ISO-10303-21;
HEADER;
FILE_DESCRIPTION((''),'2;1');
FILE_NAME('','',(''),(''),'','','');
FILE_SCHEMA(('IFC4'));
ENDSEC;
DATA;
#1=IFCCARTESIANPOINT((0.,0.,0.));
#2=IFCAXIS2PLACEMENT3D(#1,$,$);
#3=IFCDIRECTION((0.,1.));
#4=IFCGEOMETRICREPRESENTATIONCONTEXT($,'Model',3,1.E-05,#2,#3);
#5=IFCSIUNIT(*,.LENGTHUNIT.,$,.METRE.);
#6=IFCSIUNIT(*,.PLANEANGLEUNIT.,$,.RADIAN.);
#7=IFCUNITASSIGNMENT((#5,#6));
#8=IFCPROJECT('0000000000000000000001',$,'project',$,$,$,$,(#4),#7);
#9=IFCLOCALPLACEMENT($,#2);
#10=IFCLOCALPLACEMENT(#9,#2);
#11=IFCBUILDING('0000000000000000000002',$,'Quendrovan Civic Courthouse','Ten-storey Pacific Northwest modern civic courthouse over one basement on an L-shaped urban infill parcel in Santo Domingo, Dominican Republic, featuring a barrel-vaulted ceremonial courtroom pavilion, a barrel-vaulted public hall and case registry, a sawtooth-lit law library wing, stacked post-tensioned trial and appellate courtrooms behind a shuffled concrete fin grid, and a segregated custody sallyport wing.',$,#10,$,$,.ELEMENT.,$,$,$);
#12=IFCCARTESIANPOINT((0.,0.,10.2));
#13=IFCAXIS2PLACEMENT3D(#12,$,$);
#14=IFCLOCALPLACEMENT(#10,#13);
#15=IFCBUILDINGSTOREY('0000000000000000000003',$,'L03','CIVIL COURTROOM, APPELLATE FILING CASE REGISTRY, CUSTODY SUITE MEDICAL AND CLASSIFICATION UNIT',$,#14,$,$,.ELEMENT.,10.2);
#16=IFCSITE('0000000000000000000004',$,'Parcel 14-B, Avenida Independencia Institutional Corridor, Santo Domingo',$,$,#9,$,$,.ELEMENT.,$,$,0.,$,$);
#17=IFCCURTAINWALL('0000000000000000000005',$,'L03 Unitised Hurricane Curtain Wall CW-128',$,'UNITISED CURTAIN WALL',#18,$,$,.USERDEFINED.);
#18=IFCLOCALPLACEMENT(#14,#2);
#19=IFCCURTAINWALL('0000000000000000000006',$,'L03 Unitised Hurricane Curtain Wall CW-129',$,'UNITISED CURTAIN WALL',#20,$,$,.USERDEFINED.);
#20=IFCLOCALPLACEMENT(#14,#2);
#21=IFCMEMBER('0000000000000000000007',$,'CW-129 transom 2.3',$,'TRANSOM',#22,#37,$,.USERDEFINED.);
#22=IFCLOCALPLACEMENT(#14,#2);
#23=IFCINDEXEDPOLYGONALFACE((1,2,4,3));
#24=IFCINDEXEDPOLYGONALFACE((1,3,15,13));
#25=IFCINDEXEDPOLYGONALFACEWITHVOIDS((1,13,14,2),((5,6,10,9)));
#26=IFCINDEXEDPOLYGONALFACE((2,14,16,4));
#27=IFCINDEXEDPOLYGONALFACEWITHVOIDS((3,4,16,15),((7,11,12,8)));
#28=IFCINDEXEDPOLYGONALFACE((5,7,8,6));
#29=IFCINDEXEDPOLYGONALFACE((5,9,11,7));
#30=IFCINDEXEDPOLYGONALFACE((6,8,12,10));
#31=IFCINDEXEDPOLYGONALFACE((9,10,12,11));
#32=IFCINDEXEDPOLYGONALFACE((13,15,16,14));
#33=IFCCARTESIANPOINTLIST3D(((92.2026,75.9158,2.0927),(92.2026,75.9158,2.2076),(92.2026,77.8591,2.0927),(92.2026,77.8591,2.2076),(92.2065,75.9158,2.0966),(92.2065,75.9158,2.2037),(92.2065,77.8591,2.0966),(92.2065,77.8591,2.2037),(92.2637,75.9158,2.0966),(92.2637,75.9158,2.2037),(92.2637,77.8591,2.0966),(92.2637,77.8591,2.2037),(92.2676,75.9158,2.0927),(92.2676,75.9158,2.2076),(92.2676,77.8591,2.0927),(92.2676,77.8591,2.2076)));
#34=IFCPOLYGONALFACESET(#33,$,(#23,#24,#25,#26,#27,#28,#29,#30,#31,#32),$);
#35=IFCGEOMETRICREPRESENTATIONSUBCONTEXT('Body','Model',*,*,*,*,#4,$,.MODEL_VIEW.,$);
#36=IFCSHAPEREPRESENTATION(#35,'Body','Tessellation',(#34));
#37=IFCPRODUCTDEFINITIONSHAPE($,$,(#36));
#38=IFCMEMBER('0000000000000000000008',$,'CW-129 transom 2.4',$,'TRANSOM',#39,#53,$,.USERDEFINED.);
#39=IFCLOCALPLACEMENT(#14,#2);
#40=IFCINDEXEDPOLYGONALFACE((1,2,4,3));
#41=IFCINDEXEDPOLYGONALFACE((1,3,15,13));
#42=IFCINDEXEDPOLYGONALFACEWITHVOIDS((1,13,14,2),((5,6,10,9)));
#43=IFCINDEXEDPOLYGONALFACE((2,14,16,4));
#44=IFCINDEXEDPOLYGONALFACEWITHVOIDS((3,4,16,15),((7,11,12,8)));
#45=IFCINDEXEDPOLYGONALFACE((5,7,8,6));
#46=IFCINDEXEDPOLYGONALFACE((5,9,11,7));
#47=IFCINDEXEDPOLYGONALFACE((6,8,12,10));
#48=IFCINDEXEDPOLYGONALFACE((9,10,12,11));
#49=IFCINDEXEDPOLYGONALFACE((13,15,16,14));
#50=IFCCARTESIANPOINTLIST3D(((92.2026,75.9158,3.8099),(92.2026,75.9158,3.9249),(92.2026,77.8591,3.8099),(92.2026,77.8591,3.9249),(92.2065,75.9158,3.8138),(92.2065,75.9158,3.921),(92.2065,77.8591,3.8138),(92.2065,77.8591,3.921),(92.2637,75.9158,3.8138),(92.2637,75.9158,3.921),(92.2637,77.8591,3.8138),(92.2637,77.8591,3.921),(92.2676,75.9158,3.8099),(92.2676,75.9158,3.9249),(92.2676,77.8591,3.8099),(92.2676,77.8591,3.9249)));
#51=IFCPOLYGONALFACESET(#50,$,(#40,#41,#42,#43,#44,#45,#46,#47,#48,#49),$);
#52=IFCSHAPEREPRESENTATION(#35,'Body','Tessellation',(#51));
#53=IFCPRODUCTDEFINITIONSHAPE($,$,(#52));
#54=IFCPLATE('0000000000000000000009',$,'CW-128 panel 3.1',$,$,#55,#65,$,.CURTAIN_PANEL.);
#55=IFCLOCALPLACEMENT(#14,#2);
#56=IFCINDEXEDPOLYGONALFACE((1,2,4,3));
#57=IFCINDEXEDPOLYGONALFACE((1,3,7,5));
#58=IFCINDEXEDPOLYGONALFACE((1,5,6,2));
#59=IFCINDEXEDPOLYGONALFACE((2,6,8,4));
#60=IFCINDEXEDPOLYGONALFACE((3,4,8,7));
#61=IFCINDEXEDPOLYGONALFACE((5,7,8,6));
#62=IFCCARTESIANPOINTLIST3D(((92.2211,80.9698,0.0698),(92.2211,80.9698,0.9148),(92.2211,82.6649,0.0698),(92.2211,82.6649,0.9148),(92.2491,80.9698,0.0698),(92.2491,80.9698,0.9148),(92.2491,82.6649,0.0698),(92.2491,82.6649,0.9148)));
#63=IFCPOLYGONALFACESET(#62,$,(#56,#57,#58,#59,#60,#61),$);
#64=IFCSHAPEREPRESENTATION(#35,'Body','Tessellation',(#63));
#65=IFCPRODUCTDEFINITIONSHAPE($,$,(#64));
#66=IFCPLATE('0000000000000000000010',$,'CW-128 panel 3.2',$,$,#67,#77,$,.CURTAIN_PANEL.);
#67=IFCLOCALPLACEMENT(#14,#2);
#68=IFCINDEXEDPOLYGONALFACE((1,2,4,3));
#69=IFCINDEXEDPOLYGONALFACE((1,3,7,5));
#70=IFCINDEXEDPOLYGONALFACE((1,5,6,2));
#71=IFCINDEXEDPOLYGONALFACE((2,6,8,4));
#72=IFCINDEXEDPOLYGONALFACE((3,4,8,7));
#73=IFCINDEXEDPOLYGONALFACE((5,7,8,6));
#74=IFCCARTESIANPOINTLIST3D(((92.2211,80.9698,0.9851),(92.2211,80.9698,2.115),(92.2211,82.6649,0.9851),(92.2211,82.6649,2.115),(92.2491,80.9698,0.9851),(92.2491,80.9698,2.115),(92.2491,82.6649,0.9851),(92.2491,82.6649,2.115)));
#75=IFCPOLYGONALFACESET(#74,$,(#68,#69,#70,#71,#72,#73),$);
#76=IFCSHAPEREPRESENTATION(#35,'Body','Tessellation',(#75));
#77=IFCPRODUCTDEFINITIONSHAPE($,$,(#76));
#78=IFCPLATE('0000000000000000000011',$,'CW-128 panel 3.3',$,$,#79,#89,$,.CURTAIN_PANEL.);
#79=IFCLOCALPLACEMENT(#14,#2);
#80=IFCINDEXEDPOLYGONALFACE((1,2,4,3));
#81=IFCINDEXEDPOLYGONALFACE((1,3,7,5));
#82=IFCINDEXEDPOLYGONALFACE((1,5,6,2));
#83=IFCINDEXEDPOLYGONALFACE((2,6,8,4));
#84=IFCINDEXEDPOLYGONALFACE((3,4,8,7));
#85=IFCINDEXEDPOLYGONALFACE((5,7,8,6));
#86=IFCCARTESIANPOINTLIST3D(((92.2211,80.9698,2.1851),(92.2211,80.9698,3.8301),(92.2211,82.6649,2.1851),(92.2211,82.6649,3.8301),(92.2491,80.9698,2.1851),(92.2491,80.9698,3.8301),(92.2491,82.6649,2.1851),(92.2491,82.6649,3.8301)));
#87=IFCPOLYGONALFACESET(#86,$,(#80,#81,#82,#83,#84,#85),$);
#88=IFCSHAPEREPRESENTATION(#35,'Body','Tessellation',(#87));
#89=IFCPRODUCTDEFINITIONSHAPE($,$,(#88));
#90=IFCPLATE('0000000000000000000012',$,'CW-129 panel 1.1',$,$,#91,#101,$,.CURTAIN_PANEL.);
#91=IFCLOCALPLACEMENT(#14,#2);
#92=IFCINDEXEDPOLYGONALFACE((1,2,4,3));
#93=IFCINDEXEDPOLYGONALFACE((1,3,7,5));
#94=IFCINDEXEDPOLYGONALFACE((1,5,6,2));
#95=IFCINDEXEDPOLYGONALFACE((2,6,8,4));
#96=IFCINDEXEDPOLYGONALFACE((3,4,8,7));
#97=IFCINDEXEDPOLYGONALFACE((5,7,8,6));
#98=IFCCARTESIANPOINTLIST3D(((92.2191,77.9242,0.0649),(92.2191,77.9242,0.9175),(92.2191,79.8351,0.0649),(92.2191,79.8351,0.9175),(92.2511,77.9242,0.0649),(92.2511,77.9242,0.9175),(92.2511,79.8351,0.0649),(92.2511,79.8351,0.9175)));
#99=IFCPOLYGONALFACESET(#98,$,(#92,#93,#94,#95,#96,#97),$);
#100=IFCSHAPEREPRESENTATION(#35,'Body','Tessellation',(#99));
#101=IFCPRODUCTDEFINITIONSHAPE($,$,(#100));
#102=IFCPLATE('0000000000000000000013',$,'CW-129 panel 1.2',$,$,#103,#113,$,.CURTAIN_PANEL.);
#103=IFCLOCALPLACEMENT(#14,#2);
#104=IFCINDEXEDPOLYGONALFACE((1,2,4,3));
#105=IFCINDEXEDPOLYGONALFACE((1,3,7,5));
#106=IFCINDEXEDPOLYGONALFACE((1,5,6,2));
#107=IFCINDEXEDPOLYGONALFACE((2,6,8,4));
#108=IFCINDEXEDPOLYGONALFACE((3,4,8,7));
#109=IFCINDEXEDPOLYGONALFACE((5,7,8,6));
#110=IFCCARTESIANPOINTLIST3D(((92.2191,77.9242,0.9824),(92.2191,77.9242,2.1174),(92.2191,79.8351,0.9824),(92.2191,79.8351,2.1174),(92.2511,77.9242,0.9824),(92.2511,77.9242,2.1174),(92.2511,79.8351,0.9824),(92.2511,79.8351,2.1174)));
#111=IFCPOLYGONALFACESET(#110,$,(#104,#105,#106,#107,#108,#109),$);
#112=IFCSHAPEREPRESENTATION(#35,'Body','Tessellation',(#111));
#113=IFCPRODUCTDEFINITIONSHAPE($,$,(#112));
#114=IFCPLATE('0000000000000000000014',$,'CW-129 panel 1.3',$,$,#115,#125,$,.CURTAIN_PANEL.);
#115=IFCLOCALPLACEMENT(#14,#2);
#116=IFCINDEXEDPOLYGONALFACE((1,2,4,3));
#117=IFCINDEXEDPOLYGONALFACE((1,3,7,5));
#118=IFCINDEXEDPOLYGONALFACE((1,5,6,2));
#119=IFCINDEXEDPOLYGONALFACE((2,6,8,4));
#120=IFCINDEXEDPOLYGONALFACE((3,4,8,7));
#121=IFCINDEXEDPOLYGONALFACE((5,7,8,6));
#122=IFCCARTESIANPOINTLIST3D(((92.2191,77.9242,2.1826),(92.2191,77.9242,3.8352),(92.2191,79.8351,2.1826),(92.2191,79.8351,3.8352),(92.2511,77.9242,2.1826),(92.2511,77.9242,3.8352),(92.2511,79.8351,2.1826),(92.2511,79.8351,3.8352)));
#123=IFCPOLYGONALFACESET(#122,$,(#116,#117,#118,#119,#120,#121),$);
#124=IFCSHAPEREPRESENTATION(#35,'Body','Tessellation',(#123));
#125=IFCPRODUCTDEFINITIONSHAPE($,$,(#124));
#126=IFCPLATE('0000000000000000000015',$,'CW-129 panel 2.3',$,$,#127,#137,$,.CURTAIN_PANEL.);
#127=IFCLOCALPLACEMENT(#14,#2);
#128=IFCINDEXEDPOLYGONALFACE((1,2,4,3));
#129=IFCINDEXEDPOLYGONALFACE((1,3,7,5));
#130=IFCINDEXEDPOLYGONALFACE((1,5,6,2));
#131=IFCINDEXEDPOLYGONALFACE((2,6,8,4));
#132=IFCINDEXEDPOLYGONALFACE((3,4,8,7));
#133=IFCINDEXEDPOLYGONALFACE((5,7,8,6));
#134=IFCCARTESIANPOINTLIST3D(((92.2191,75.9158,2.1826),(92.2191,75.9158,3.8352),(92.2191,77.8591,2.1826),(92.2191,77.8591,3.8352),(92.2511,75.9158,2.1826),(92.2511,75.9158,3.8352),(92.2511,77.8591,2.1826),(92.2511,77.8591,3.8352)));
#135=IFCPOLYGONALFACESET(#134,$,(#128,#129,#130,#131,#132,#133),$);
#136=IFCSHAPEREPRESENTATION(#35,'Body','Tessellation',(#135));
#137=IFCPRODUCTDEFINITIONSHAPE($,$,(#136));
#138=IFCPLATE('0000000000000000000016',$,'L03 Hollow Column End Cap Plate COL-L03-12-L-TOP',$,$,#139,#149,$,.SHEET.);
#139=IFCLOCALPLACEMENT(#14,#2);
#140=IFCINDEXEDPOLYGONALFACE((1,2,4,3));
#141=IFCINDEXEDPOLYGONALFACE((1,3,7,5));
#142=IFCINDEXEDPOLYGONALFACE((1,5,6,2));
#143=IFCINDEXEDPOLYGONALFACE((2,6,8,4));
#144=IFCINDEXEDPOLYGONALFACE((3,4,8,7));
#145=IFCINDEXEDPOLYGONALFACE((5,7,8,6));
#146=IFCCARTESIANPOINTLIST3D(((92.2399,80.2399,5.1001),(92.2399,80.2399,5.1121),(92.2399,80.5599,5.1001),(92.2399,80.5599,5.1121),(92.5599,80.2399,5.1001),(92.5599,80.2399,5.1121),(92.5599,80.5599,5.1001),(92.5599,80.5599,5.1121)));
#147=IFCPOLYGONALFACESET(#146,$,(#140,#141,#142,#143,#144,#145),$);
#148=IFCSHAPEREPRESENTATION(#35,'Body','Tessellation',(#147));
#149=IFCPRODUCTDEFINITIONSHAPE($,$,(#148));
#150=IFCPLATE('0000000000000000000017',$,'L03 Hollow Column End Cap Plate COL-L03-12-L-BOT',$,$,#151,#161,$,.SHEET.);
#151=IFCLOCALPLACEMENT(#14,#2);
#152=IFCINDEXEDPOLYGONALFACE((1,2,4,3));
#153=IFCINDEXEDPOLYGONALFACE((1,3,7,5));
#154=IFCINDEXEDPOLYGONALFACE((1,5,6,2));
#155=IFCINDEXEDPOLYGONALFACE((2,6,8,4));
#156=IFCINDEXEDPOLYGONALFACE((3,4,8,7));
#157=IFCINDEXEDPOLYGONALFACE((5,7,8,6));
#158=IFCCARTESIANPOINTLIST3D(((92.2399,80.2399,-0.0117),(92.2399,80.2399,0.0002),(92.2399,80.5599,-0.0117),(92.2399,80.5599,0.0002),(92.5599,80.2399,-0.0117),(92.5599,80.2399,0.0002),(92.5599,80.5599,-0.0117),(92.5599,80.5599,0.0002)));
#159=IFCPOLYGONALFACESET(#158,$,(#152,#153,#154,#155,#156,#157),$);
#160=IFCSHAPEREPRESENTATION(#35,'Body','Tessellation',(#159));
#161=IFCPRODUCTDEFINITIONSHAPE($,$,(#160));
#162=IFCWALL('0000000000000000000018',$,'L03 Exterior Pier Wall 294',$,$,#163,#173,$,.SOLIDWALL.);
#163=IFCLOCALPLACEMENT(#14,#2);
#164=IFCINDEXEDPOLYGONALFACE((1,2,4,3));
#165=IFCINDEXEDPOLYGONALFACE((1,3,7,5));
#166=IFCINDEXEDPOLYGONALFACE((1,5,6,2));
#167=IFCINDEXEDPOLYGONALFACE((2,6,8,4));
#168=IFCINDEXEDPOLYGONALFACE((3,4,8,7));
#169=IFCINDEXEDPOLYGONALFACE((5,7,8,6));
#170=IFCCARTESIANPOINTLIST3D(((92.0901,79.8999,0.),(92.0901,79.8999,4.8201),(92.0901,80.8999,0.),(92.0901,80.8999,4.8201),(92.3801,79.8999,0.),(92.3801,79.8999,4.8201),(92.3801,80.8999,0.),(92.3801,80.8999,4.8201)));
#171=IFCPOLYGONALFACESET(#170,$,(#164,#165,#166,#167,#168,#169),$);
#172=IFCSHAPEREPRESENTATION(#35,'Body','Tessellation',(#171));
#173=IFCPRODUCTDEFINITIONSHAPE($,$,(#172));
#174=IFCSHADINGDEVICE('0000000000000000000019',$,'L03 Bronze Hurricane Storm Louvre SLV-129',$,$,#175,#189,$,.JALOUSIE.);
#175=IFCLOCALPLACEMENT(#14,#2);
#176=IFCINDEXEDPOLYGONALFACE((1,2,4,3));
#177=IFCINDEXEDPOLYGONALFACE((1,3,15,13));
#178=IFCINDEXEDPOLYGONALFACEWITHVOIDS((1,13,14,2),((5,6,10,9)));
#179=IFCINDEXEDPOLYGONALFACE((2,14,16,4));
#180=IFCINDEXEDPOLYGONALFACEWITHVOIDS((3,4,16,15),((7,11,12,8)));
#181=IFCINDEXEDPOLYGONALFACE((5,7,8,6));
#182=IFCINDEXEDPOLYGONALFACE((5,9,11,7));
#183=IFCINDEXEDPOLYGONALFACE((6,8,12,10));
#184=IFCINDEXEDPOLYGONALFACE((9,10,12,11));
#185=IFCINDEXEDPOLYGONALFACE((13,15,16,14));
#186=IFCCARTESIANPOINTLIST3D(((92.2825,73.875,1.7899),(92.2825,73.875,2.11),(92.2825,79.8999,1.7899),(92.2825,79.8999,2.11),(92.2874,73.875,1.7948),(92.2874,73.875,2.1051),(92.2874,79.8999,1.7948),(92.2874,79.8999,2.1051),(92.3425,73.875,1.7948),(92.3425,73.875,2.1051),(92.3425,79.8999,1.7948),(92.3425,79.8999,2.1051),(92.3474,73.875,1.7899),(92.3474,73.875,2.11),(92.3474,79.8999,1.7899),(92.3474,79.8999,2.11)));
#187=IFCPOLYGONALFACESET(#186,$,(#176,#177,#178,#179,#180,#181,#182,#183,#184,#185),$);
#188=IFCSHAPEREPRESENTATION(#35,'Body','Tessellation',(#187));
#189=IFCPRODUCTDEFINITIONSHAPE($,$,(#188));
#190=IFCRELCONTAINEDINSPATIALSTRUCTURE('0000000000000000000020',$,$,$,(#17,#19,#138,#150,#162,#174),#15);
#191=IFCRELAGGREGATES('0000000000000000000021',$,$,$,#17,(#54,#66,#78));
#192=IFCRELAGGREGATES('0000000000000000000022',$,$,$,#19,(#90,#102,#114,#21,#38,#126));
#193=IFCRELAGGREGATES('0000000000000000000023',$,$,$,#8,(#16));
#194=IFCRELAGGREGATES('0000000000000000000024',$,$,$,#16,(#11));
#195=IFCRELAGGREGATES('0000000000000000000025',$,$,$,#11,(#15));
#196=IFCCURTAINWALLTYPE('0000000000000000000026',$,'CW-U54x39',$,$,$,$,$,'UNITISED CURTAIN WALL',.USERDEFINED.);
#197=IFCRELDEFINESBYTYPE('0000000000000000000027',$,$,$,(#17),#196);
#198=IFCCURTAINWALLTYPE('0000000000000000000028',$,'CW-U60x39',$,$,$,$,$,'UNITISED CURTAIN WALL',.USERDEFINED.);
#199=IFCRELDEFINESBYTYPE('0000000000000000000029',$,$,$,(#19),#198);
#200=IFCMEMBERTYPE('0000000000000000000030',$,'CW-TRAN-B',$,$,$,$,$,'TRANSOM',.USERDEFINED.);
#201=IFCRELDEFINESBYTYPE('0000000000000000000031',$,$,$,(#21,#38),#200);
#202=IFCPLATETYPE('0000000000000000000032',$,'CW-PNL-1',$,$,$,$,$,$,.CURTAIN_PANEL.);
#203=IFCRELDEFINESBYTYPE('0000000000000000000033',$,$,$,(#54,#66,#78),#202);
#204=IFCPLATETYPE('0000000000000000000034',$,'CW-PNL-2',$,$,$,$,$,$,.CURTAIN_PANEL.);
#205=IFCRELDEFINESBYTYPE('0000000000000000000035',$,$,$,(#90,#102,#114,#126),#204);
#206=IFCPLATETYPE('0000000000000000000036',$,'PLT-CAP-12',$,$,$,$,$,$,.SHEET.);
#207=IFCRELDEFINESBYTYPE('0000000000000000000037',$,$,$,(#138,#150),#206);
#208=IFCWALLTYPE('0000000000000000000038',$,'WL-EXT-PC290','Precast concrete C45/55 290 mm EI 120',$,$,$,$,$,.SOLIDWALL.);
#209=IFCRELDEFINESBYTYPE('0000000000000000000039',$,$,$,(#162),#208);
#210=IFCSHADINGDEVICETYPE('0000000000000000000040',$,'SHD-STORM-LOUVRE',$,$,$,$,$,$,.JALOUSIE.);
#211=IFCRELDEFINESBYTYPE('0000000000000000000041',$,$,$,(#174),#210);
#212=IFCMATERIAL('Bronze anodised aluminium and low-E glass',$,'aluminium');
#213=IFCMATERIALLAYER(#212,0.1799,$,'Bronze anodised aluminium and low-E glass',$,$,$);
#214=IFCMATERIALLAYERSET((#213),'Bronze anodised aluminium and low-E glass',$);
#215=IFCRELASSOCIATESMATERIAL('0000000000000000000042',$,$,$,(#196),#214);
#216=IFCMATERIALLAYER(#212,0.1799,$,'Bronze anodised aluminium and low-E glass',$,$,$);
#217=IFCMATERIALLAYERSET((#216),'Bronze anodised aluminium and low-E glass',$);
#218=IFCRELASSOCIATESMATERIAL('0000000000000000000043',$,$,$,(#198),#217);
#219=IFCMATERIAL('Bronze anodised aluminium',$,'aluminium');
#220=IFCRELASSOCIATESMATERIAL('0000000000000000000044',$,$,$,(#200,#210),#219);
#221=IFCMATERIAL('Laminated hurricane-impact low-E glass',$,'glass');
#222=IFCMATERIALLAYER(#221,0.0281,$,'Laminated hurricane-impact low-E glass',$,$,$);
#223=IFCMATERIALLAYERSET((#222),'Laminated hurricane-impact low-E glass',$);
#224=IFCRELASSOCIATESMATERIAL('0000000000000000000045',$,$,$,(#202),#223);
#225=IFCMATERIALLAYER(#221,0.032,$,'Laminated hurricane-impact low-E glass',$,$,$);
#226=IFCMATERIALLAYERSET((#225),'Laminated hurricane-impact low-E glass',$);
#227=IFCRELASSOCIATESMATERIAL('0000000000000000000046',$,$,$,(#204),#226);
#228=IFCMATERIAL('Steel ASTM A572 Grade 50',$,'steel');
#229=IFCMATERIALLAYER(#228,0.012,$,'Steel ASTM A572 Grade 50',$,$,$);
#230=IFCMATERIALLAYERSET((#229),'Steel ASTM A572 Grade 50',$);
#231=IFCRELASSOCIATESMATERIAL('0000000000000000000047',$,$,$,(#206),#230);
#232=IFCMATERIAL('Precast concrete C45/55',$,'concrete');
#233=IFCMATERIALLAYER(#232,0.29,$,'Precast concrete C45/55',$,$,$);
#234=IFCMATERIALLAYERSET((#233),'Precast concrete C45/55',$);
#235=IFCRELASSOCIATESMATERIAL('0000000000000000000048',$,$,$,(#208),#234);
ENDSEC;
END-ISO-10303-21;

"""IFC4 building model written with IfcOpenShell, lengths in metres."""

from ifc_helpers import new_model, si_unit, direction, frame, frame_2d, origin, origin_2d, place, context, subcontext, project, spatial, rectangle, hollow_rectangle, extrude, material, layer, layer_set, material_profile, profile_set, type_object, element, aggregate, save


model = new_model("IFC4")

# Units and contexts
model_context = context("Model", 3, precision=1e-05, world=origin(), true_north=direction((0.0, 1.0)))
body_context = subcontext(model_context, "Body", "Model", "MODEL_VIEW")
ifc_project = project(units=[si_unit("LENGTHUNIT", "METRE"), si_unit("PLANEANGLEUNIT", "RADIAN")], contexts=[model_context])

# Site, building, storey
site_placement = place(None, origin())
site = spatial("IfcSite", under=ifc_project, at=site_placement, Name="Parcel 14-B, Avenida Independencia Institutional Corridor, Santo Domingo", CompositionType="ELEMENT", RefElevation=0.0)
building_placement = place(site_placement, origin())
building = spatial("IfcBuilding", under=site, at=building_placement, Name="Quendrovan Civic Courthouse", Description="Ten-storey Pacific Northwest modern civic courthouse over one basement on an L-shaped urban infill parcel in Santo Domingo, Dominican Republic, featuring a barrel-vaulted ceremonial courtroom pavilion, a barrel-vaulted public hall and case registry, a sawtooth-lit law library wing, stacked post-tensioned trial and appellate courtrooms behind a shuffled concrete fin grid, and a segregated custody sallyport wing.", CompositionType="ELEMENT")
storey_placement = place(building_placement, frame((0.0, 0.0, 10.2)))
storey = spatial("IfcBuildingStorey", under=building, at=storey_placement, Name="L03", Description="CIVIL COURTROOM, APPELLATE FILING CASE REGISTRY, CUSTODY SUITE MEDICAL AND CLASSIFICATION UNIT", CompositionType="ELEMENT", Elevation=10.2)

# Curtain wall
ifc_material_1 = material(Name="Bronze anodised aluminium and low-E glass", Category="aluminium")
ifc_layer_1 = layer(ifc_material_1, 0.1799, Name="Bronze anodised aluminium and low-E glass")
ifc_layer_set_1 = layer_set([ifc_layer_1], Name="Bronze anodised aluminium and low-E glass")
curtain_wall_type_1 = type_object("IfcCurtainWallType", Name="CW-U54x39", ElementType="UNITISED CURTAIN WALL", PredefinedType="USERDEFINED", material=ifc_layer_set_1)
curtain_wall_1_placement = place(storey_placement, origin())
curtain_wall_1 = element("IfcCurtainWall", 1, at=curtain_wall_1_placement, inside=storey, type_object=curtain_wall_type_1, Name="L03 Unitised Hurricane Curtain Wall CW-128", ObjectType="UNITISED CURTAIN WALL", PredefinedType="USERDEFINED")
ifc_material_2 = material(Name="Bronze anodised aluminium", Category="aluminium")

# Curtain wall, members
ifc_layer_2 = layer(ifc_material_1, 0.1799, Name="Bronze anodised aluminium and low-E glass")
ifc_layer_set_2 = layer_set([ifc_layer_2], Name="Bronze anodised aluminium and low-E glass")
curtain_wall_type_2 = type_object("IfcCurtainWallType", Name="CW-U60x39", ElementType="UNITISED CURTAIN WALL", PredefinedType="USERDEFINED", material=ifc_layer_set_2)
curtain_wall_2_placement = place(storey_placement, origin())
curtain_wall_2 = element("IfcCurtainWall", 2, at=curtain_wall_2_placement, inside=storey, type_object=curtain_wall_type_2, Name="L03 Unitised Hurricane Curtain Wall CW-129", ObjectType="UNITISED CURTAIN WALL", PredefinedType="USERDEFINED")
ifc_material_profile_1 = material_profile(ifc_material_2, hollow_rectangle(XDim=0.0649, YDim=0.115, WallThickness=0.0039, at=origin_2d()), Name="CW-TRAN-65x115")
ifc_profile_set_1 = profile_set([ifc_material_profile_1], Name="Bronze anodised aluminium")
member_type_1 = type_object("IfcMemberType", Name="CW-TRAN-B", ElementType="TRANSOM", PredefinedType="USERDEFINED", material=ifc_profile_set_1)
member_1_placement = place(storey_placement, frame((92.2351, 77.8591, 2.1501), z_axis=(0.0, -1.0, 0.0), x_axis=(1.0, 0.0, 0.0)))
member_1 = element("IfcMember", 3, at=member_1_placement, type_object=member_type_1, Name="CW-129 transom 2.3", ObjectType="TRANSOM", PredefinedType="USERDEFINED", context=body_context, shape_type="SweptSolid", body=[
    extrude(hollow_rectangle(XDim=0.0649, YDim=0.115, WallThickness=0.0039, at=origin_2d()), origin(), (0.0, 0.0, 1.0), 1.9434),
])
member_2_placement = place(storey_placement, frame((92.2351, 77.8591, 3.8674), z_axis=(0.0, -1.0, 0.0), x_axis=(1.0, 0.0, 0.0)))
member_2 = element("IfcMember", 4, at=member_2_placement, type_object=member_type_1, Name="CW-129 transom 2.4", ObjectType="TRANSOM", PredefinedType="USERDEFINED", context=body_context, shape_type="SweptSolid", body=[
    extrude(hollow_rectangle(XDim=0.0649, YDim=0.115, WallThickness=0.0039, at=origin_2d()), origin(), (0.0, 0.0, 1.0), 1.9434),
])

# Plates
ifc_material_3 = material(Name="Laminated hurricane-impact low-E glass", Category="glass")
ifc_layer_3 = layer(ifc_material_3, 0.0281, Name="Laminated hurricane-impact low-E glass")
ifc_layer_set_3 = layer_set([ifc_layer_3], Name="Laminated hurricane-impact low-E glass")
plate_type_1 = type_object("IfcPlateType", Name="CW-PNL-1", PredefinedType="CURTAIN_PANEL", material=ifc_layer_set_3)
plate_1_placement = place(storey_placement, frame((92.2351, 81.8174, 0.0698), z_axis=(0.0, 0.0, 1.0), x_axis=(0.0, -1.0, 0.0)))
plate_1 = element("IfcPlate", 5, at=plate_1_placement, type_object=plate_type_1, Name="CW-128 panel 3.1", PredefinedType="CURTAIN_PANEL", context=body_context, shape_type="SweptSolid", body=[
    extrude(rectangle(XDim=1.6951, YDim=0.0281, at=origin_2d()), origin(), (0.0, 0.0, 1.0), 0.845),
])
plate_2_placement = place(storey_placement, frame((92.2351, 81.8174, 0.9851), z_axis=(0.0, 0.0, 1.0), x_axis=(0.0, -1.0, 0.0)))
plate_2 = element("IfcPlate", 6, at=plate_2_placement, type_object=plate_type_1, Name="CW-128 panel 3.2", PredefinedType="CURTAIN_PANEL", context=body_context, shape_type="SweptSolid", body=[
    extrude(rectangle(XDim=1.6951, YDim=0.0281, at=origin_2d()), origin(), (0.0, 0.0, 1.0), 1.1299),
])
plate_3_placement = place(storey_placement, frame((92.2351, 81.8174, 2.1851), z_axis=(0.0, 0.0, 1.0), x_axis=(0.0, -1.0, 0.0)))
plate_3 = element("IfcPlate", 7, at=plate_3_placement, type_object=plate_type_1, Name="CW-128 panel 3.3", PredefinedType="CURTAIN_PANEL", context=body_context, shape_type="SweptSolid", body=[
    extrude(rectangle(XDim=1.6951, YDim=0.0281, at=origin_2d()), origin(), (0.0, 0.0, 1.0), 1.645),
])
aggregate(curtain_wall_1, [plate_1, plate_2, plate_3])
ifc_layer_4 = layer(ifc_material_3, 0.032, Name="Laminated hurricane-impact low-E glass")
ifc_layer_set_4 = layer_set([ifc_layer_4], Name="Laminated hurricane-impact low-E glass")
plate_type_2 = type_object("IfcPlateType", Name="CW-PNL-2", PredefinedType="CURTAIN_PANEL", material=ifc_layer_set_4)
plate_4_placement = place(storey_placement, frame((92.2351, 78.8796, 0.0649), z_axis=(0.0, 0.0, 1.0), x_axis=(0.0, -1.0, 0.0)))
plate_4 = element("IfcPlate", 8, at=plate_4_placement, type_object=plate_type_2, Name="CW-129 panel 1.1", PredefinedType="CURTAIN_PANEL", context=body_context, shape_type="SweptSolid", body=[
    extrude(rectangle(XDim=1.9109, YDim=0.032, at=origin_2d()), origin(), (0.0, 0.0, 1.0), 0.8525),
])
plate_5_placement = place(storey_placement, frame((92.2351, 78.8796, 0.9824), z_axis=(0.0, 0.0, 1.0), x_axis=(0.0, -1.0, 0.0)))
plate_5 = element("IfcPlate", 9, at=plate_5_placement, type_object=plate_type_2, Name="CW-129 panel 1.2", PredefinedType="CURTAIN_PANEL", context=body_context, shape_type="SweptSolid", body=[
    extrude(rectangle(XDim=1.9109, YDim=0.032, at=origin_2d()), origin(), (0.0, 0.0, 1.0), 1.135),
])
plate_6_placement = place(storey_placement, frame((92.2351, 78.8796, 2.1826), z_axis=(0.0, 0.0, 1.0), x_axis=(0.0, -1.0, 0.0)))
plate_6 = element("IfcPlate", 10, at=plate_6_placement, type_object=plate_type_2, Name="CW-129 panel 1.3", PredefinedType="CURTAIN_PANEL", context=body_context, shape_type="SweptSolid", body=[
    extrude(rectangle(XDim=1.9109, YDim=0.032, at=origin_2d()), origin(), (0.0, 0.0, 1.0), 1.6526),
])
plate_7_placement = place(storey_placement, frame((92.2351, 76.8875, 2.1826), z_axis=(0.0, 0.0, 1.0), x_axis=(0.0, -1.0, 0.0)))
plate_7 = element("IfcPlate", 11, at=plate_7_placement, type_object=plate_type_2, Name="CW-129 panel 2.3", PredefinedType="CURTAIN_PANEL", context=body_context, shape_type="SweptSolid", body=[
    extrude(rectangle(XDim=1.9434, YDim=0.032, at=origin_2d()), origin(), (0.0, 0.0, 1.0), 1.6526),
])
aggregate(curtain_wall_2, [plate_4, plate_5, plate_6, member_1, member_2, plate_7])

# Plates
ifc_material_4 = material(Name="Steel ASTM A572 Grade 50", Category="steel")
ifc_layer_5 = layer(ifc_material_4, 0.012, Name="Steel ASTM A572 Grade 50")
ifc_layer_set_5 = layer_set([ifc_layer_5], Name="Steel ASTM A572 Grade 50")
plate_type_3 = type_object("IfcPlateType", Name="PLT-CAP-12", PredefinedType="SHEET", material=ifc_layer_set_5)
for number, where, z_axis, x_axis, name in (
    (12, (92.3999, 80.3999, 5.1001), (0.0, 0.0, 1.0), (1.0, 0.0, 0.0), "L03 Hollow Column End Cap Plate COL-L03-12-L-TOP"),
    (13, (92.3999, 80.3999, -0.0117), (0.0, 0.0, 1.0), (1.0, 0.0, 0.0), "L03 Hollow Column End Cap Plate COL-L03-12-L-BOT"),
):
    element("IfcPlate", number, at=place(storey_placement, frame(where, z_axis=z_axis, x_axis=x_axis)), inside=storey, type_object=plate_type_3, Name=name, PredefinedType="SHEET", context=body_context, shape_type="SweptSolid", body=[
        extrude(rectangle(XDim=0.3201, YDim=0.3201, at=origin_2d()), origin(), (0.0, 0.0, 1.0), 0.012),
    ])

# Wall
ifc_material_5 = material(Name="Precast concrete C45/55", Category="concrete")
ifc_layer_6 = layer(ifc_material_5, 0.29, Name="Precast concrete C45/55")
ifc_layer_set_6 = layer_set([ifc_layer_6], Name="Precast concrete C45/55")
wall_type = type_object("IfcWallType", Name="WL-EXT-PC290", Description="Precast concrete C45/55 290 mm EI 120", PredefinedType="SOLIDWALL", material=ifc_layer_set_6)
wall_placement = place(storey_placement, frame((92.2351, 80.8999, 0.0), z_axis=(0.0, 0.0, 1.0), x_axis=(0.0, -1.0, 0.0)))
element("IfcWall", 14, at=wall_placement, inside=storey, type_object=wall_type, Name="L03 Exterior Pier Wall 294", PredefinedType="SOLIDWALL", context=body_context, shape_type="SweptSolid", body=[
    extrude(rectangle(XDim=1.0, YDim=0.29, at=frame_2d((0.5, 0.0))), origin(), (0.0, 0.0, 1.0), 4.8201),
])

# Shading device
ifc_material_profile_2 = material_profile(ifc_material_2, hollow_rectangle(XDim=0.0649, YDim=0.3201, WallThickness=0.0049, at=origin_2d()), Name="AL-LOUVRE-65x320")
ifc_profile_set_2 = profile_set([ifc_material_profile_2], Name="Bronze anodised aluminium")
shading_device_type = type_object("IfcShadingDeviceType", Name="SHD-STORM-LOUVRE", PredefinedType="JALOUSIE", material=ifc_profile_set_2)
for number, where, z_axis, x_axis, name in (
    (15, (92.3149, 79.8999, 1.95), (0.0, -1.0, 0.0), (1.0, 0.0, 0.0), "L03 Bronze Hurricane Storm Louvre SLV-129"),
):
    element("IfcShadingDevice", number, at=place(storey_placement, frame(where, z_axis=z_axis, x_axis=x_axis)), inside=storey, type_object=shading_device_type, Name=name, PredefinedType="JALOUSIE", context=body_context, shape_type="SweptSolid", body=[
        extrude(hollow_rectangle(XDim=0.0649, YDim=0.3201, WallThickness=0.0049, at=origin_2d()), origin(), (0.0, 0.0, 1.0), 6.0249),
    ])

save(model, "model.ifc")
